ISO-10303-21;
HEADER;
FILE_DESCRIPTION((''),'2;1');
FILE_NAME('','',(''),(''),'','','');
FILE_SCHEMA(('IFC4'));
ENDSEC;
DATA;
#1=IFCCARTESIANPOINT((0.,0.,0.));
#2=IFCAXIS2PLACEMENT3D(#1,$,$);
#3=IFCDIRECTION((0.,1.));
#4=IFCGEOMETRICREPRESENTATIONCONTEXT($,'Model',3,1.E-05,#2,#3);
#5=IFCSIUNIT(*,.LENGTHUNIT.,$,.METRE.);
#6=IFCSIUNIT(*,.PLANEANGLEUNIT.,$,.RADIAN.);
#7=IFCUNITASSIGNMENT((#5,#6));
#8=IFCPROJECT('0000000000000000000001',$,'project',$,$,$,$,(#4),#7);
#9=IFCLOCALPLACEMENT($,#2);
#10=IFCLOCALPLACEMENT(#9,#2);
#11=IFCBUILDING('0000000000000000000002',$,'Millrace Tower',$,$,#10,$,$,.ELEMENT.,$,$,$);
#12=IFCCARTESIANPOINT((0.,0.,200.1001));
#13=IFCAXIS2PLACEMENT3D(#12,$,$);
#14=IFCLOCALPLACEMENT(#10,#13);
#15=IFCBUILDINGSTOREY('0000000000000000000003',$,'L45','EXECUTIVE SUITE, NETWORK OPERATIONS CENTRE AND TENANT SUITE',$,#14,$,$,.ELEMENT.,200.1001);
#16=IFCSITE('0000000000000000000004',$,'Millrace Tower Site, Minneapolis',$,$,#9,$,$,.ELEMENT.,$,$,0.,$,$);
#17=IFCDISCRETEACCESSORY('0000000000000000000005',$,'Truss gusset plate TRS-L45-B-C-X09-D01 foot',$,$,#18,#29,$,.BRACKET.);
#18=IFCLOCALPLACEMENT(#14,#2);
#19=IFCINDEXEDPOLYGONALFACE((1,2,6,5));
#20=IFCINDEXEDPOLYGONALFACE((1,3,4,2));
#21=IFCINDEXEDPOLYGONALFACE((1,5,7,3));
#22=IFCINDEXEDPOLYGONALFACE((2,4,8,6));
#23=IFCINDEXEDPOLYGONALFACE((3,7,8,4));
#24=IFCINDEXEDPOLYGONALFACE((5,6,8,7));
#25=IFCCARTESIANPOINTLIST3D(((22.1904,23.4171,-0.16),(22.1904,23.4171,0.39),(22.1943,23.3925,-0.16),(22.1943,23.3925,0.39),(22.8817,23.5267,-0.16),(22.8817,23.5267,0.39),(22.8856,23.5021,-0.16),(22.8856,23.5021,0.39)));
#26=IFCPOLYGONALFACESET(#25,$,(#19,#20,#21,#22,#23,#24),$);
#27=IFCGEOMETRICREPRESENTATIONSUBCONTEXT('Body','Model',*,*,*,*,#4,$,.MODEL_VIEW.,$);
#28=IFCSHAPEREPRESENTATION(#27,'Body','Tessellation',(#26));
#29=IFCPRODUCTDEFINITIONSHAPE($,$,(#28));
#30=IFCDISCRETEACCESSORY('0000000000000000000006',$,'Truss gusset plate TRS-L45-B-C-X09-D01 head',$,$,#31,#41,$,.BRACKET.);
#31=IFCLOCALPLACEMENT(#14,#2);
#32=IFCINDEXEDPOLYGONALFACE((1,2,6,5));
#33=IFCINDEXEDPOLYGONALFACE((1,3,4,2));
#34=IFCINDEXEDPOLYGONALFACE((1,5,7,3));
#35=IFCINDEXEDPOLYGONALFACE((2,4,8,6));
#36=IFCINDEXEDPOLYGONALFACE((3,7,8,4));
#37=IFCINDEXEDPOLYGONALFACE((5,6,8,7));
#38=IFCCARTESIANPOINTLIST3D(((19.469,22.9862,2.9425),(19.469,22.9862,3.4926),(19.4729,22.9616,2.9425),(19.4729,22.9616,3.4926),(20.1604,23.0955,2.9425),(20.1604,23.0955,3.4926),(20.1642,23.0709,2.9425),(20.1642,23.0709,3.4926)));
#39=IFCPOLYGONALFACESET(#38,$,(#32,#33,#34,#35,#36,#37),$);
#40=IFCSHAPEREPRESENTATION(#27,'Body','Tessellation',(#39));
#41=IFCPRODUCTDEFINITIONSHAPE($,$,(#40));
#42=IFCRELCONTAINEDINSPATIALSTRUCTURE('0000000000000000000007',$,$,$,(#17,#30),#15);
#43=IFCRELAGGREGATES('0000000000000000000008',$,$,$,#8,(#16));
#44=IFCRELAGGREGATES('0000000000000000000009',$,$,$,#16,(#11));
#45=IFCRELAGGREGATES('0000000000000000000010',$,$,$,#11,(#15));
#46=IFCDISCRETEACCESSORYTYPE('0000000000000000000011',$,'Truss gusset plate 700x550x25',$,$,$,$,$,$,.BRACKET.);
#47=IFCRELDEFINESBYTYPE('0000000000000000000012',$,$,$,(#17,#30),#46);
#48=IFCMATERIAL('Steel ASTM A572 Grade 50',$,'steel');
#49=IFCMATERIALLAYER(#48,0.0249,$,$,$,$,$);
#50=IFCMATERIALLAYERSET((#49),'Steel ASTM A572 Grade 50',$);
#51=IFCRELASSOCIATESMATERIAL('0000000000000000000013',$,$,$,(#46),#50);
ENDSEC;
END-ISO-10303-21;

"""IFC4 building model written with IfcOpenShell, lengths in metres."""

from ifc_helpers import new_model, si_unit, direction, frame, origin, origin_2d, place, context, subcontext, project, spatial, rectangle, extrude, material, layer, layer_set, type_object, element, save


model = new_model("IFC4")

# Units and contexts
model_context = context("Model", 3, precision=1e-05, world=origin(), true_north=direction((0.0, 1.0)))
body_context = subcontext(model_context, "Body", "Model", "MODEL_VIEW")
ifc_project = project(units=[si_unit("LENGTHUNIT", "METRE"), si_unit("PLANEANGLEUNIT", "RADIAN")], contexts=[model_context])

# Site, building, storey
site_placement = place(None, origin())
site = spatial("IfcSite", under=ifc_project, at=site_placement, Name="Millrace Tower Site, Minneapolis", CompositionType="ELEMENT", RefElevation=0.0)
building_placement = place(site_placement, origin())
building = spatial("IfcBuilding", under=site, at=building_placement, Name="Millrace Tower", CompositionType="ELEMENT")
storey_placement = place(building_placement, frame((0.0, 0.0, 200.1001)))
storey = spatial("IfcBuildingStorey", under=building, at=storey_placement, Name="L45", Description="EXECUTIVE SUITE, NETWORK OPERATIONS CENTRE AND TENANT SUITE", CompositionType="ELEMENT", Elevation=200.1001)

# Discrete accessories
ifc_material_1 = material(Name="Steel ASTM A572 Grade 50", Category="steel")
ifc_layer_1 = layer(ifc_material_1, 0.0249)
ifc_layer_set_1 = layer_set([ifc_layer_1], Name="Steel ASTM A572 Grade 50")
discrete_accessory_type = type_object("IfcDiscreteAccessoryType", Name="Truss gusset plate 700x550x25", PredefinedType="BRACKET", material=ifc_layer_set_1)
for number, where, z_axis, x_axis, name in (
    (1, (22.1924, 23.4048, 0.115), (0.987664, 0.156589, 0.0), (-0.156589, 0.987664, 0.0), "Truss gusset plate TRS-L45-B-C-X09-D01 foot"),
    (2, (19.4709, 22.9739, 3.2175), (0.987718, 0.156249, 0.0), (-0.156249, 0.987718, 0.0), "Truss gusset plate TRS-L45-B-C-X09-D01 head"),
):
    element("IfcDiscreteAccessory", number, at=place(storey_placement, frame(where, z_axis=z_axis, x_axis=x_axis)), inside=storey, type_object=discrete_accessory_type, Name=name, PredefinedType="BRACKET", context=body_context, shape_type="SweptSolid", body=[
        extrude(rectangle(XDim=0.0249, YDim=0.55, at=origin_2d()), origin(), (0.0, 0.0, 1.0), 0.7),
    ])

save(model, "model.ifc")
